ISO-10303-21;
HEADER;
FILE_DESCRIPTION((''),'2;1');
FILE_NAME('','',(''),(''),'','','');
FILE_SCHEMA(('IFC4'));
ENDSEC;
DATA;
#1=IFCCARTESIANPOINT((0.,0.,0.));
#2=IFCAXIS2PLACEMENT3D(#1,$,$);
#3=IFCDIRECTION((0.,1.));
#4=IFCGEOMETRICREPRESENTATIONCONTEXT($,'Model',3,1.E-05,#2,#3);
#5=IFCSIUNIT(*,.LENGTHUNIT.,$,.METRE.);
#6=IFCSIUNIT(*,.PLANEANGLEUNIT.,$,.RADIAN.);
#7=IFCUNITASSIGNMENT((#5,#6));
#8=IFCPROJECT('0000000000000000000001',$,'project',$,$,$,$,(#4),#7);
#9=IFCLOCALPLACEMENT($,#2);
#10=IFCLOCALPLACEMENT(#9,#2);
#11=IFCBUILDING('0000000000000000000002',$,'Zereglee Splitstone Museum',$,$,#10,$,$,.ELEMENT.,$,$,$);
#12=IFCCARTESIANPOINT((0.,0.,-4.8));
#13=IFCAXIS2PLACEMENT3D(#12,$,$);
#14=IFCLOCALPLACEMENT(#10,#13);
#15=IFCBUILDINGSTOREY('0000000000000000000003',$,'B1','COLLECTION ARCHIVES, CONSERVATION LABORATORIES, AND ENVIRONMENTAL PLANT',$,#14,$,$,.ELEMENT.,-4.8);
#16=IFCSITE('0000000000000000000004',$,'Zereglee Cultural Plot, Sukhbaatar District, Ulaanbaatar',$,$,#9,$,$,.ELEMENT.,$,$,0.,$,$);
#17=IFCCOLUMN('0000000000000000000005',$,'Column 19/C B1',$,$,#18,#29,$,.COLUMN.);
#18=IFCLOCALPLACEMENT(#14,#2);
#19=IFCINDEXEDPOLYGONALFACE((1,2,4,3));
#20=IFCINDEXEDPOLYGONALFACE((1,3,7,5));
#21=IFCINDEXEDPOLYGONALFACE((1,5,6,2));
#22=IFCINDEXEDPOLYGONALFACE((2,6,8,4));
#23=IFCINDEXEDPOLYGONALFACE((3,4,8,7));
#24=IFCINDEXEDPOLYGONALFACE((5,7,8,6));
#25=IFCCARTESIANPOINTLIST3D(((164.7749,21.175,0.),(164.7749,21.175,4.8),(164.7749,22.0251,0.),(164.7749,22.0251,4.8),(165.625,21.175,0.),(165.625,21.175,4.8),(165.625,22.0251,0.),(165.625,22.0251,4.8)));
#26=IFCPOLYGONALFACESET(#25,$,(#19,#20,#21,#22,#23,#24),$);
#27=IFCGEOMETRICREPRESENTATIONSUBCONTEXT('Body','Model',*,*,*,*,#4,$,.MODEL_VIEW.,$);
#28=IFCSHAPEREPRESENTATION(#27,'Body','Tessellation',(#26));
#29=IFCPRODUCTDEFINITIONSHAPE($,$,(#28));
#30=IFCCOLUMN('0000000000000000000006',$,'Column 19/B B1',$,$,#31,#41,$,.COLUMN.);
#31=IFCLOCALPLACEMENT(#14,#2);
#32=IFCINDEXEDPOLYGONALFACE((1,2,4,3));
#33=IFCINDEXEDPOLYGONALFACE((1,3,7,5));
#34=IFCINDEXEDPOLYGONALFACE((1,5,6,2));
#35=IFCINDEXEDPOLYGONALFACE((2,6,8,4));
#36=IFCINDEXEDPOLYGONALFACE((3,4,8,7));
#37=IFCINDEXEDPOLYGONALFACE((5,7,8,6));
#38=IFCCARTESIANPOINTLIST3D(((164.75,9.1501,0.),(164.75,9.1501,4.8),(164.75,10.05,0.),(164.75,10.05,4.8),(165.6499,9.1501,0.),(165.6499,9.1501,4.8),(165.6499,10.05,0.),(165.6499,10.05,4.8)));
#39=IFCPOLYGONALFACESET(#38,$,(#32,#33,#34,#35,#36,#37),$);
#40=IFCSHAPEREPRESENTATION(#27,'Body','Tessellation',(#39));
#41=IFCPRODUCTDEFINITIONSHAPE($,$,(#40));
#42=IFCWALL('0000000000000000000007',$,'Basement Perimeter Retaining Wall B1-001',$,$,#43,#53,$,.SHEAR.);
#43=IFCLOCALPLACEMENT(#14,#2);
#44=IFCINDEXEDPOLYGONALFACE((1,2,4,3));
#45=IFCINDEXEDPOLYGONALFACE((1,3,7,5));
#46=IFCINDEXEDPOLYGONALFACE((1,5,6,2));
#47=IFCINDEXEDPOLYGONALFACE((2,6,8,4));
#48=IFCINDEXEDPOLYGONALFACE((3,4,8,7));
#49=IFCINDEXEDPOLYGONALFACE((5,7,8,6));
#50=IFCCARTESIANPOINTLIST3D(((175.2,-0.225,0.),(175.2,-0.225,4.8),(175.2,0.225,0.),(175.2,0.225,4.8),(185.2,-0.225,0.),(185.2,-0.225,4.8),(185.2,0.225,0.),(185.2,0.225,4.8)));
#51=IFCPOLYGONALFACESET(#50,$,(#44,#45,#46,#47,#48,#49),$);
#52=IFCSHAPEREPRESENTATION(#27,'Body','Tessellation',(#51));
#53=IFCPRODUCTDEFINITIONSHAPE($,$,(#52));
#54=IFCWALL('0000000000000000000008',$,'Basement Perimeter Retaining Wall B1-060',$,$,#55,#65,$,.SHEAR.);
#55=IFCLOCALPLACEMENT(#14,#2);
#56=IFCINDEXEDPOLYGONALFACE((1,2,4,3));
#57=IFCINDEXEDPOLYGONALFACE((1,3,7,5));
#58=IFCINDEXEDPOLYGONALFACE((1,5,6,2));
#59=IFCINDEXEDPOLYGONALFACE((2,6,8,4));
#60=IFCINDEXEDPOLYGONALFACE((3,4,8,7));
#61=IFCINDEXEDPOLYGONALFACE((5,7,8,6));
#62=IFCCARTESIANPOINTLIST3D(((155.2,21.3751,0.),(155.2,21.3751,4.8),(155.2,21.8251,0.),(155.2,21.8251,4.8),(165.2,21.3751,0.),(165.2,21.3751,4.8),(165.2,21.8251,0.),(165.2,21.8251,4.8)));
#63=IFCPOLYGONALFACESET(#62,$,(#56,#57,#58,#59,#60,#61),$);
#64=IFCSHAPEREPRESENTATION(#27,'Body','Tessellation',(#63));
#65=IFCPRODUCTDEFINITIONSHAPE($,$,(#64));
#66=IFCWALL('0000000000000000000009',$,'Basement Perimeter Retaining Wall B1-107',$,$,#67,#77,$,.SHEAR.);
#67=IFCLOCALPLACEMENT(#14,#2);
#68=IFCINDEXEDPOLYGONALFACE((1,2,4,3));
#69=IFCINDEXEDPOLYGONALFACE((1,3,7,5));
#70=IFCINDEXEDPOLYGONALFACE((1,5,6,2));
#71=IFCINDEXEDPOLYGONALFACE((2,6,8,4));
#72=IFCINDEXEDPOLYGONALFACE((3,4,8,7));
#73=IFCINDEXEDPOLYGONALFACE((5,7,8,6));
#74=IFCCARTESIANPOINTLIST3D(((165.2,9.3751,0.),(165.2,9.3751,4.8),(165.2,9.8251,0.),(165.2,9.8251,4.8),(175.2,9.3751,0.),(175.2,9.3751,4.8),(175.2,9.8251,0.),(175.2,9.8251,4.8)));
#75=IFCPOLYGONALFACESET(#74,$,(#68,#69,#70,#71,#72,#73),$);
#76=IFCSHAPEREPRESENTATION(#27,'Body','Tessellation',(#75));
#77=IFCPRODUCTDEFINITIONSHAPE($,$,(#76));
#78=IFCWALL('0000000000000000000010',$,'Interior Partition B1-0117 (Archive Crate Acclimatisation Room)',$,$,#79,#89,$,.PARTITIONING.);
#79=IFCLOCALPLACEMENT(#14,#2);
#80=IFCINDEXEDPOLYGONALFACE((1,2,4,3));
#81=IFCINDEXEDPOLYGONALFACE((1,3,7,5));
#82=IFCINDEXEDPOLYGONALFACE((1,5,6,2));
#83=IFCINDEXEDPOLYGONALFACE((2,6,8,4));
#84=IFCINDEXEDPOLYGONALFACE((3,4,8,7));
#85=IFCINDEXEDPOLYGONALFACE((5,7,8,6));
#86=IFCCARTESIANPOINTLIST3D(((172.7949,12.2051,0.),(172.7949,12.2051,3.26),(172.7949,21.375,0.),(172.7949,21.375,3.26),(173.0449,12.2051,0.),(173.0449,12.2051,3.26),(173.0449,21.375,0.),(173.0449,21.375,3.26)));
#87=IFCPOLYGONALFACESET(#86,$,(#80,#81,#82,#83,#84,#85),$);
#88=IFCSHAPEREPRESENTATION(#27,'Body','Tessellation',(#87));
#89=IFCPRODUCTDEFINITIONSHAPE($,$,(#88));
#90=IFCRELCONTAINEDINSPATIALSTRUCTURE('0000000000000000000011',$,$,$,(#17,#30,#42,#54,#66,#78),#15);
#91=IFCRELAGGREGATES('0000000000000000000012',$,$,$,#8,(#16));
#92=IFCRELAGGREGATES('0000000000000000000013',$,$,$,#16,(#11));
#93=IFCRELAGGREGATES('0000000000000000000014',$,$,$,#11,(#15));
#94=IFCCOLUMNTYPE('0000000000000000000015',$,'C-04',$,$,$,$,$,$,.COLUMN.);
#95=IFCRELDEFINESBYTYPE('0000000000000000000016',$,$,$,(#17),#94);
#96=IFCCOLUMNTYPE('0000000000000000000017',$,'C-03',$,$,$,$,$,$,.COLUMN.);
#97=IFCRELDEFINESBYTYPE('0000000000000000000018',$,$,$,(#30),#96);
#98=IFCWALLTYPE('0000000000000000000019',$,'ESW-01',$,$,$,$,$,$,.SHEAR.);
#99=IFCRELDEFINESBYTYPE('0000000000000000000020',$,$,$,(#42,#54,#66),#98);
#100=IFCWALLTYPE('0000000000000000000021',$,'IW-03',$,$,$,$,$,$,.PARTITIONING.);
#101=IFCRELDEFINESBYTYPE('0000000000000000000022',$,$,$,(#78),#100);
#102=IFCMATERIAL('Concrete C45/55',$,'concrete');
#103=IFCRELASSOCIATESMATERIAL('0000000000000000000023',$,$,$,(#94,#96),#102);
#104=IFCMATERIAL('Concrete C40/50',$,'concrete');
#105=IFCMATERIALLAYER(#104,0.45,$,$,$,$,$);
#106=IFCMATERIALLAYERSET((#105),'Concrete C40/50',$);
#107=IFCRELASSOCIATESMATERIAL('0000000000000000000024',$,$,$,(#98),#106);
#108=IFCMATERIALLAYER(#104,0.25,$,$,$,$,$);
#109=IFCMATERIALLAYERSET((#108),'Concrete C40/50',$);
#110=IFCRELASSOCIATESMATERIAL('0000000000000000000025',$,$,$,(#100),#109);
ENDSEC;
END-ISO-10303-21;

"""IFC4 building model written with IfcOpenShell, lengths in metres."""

from ifc_helpers import new_model, si_unit, direction, frame, frame_2d, origin, origin_2d, place, context, subcontext, project, spatial, rectangle, extrude, material, layer, layer_set, material_profile, profile_set, type_object, element, save


model = new_model("IFC4")

# Units and contexts
model_context = context("Model", 3, precision=1e-05, world=origin(), true_north=direction((0.0, 1.0)))
body_context = subcontext(model_context, "Body", "Model", "MODEL_VIEW")
ifc_project = project(units=[si_unit("LENGTHUNIT", "METRE"), si_unit("PLANEANGLEUNIT", "RADIAN")], contexts=[model_context])

# Site, building, storey
site_placement = place(None, origin())
site = spatial("IfcSite", under=ifc_project, at=site_placement, Name="Zereglee Cultural Plot, Sukhbaatar District, Ulaanbaatar", CompositionType="ELEMENT", RefElevation=0.0)
building_placement = place(site_placement, origin())
building = spatial("IfcBuilding", under=site, at=building_placement, Name="Zereglee Splitstone Museum", CompositionType="ELEMENT")
storey_placement = place(building_placement, frame((0.0, 0.0, -4.8)))
storey = spatial("IfcBuildingStorey", under=building, at=storey_placement, Name="B1", Description="COLLECTION ARCHIVES, CONSERVATION LABORATORIES, AND ENVIRONMENTAL PLANT", CompositionType="ELEMENT", Elevation=-4.8)

# Shared definitions
ifc_material_1 = material(Name="Concrete C40/50", Category="concrete")

# Columns
ifc_material_2 = material(Name="Concrete C45/55", Category="concrete")
ifc_material_profile_1 = material_profile(ifc_material_2, rectangle(XDim=0.8501, YDim=0.8501, at=origin_2d()), Name="RC 850x850")
ifc_profile_set_1 = profile_set([ifc_material_profile_1], Name="Concrete C45/55")
column_type_1 = type_object("IfcColumnType", Name="C-04", PredefinedType="COLUMN", material=ifc_profile_set_1)
column_1_placement = place(storey_placement, frame((165.2, 21.6001, 0.0), z_axis=(0.0, 0.0, 1.0), x_axis=(1.0, 0.0, 0.0)))
element("IfcColumn", 1, at=column_1_placement, inside=storey, type_object=column_type_1, Name="Column 19/C B1", PredefinedType="COLUMN", context=body_context, shape_type="SweptSolid", body=[
    extrude(rectangle(XDim=0.8501, YDim=0.8501, at=origin_2d()), origin(), (0.0, 0.0, 1.0), 4.8),
])
ifc_material_profile_2 = material_profile(ifc_material_2, rectangle(XDim=0.8999, YDim=0.8999, at=origin_2d()), Name="RC 900x900")
ifc_profile_set_2 = profile_set([ifc_material_profile_2], Name="Concrete C45/55")
column_type_2 = type_object("IfcColumnType", Name="C-03", PredefinedType="COLUMN", material=ifc_profile_set_2)
column_2_placement = place(storey_placement, frame((165.2, 9.6001, 0.0), z_axis=(0.0, 0.0, 1.0), x_axis=(1.0, 0.0, 0.0)))
element("IfcColumn", 2, at=column_2_placement, inside=storey, type_object=column_type_2, Name="Column 19/B B1", PredefinedType="COLUMN", context=body_context, shape_type="SweptSolid", body=[
    extrude(rectangle(XDim=0.8999, YDim=0.8999, at=origin_2d()), origin(), (0.0, 0.0, 1.0), 4.8),
])

# Walls
ifc_layer_1 = layer(ifc_material_1, 0.45)
ifc_layer_set_1 = layer_set([ifc_layer_1], Name="Concrete C40/50")
wall_type_1 = type_object("IfcWallType", Name="ESW-01", PredefinedType="SHEAR", material=ifc_layer_set_1)
for number, where, z_axis, x_axis, name in (
    (3, (175.2, 0.0, 0.0), (0.0, 0.0, 1.0), (1.0, 0.0, 0.0), "Basement Perimeter Retaining Wall B1-001"),
    (4, (165.2, 21.6001, 0.0), (0.0, 0.0, 1.0), (-1.0, 0.0, 0.0), "Basement Perimeter Retaining Wall B1-060"),
    (5, (165.2, 9.6001, 0.0), (0.0, 0.0, 1.0), (1.0, 0.0, 0.0), "Basement Perimeter Retaining Wall B1-107"),
):
    element("IfcWall", number, at=place(storey_placement, frame(where, z_axis=z_axis, x_axis=x_axis)), inside=storey, type_object=wall_type_1, Name=name, PredefinedType="SHEAR", context=body_context, shape_type="SweptSolid", body=[
        extrude(rectangle(XDim=10.0, YDim=0.45, at=frame_2d((5.0, 0.0))), origin(), (0.0, 0.0, 1.0), 4.8),
    ])
ifc_layer_2 = layer(ifc_material_1, 0.25)
ifc_layer_set_2 = layer_set([ifc_layer_2], Name="Concrete C40/50")
wall_type_2 = type_object("IfcWallType", Name="IW-03", PredefinedType="PARTITIONING", material=ifc_layer_set_2)
wall_placement = place(storey_placement, frame((172.9199, 12.2051, 0.0), z_axis=(0.0, 0.0, 1.0), x_axis=(0.0, 1.0, 0.0)))
element("IfcWall", 6, at=wall_placement, inside=storey, type_object=wall_type_2, Name="Interior Partition B1-0117 (Archive Crate Acclimatisation Room)", PredefinedType="PARTITIONING", context=body_context, shape_type="SweptSolid", body=[
    extrude(rectangle(XDim=9.1699, YDim=0.25, at=frame_2d((4.585, 0.0))), origin(), (0.0, 0.0, 1.0), 3.26),
])

save(model, "model.ifc")
